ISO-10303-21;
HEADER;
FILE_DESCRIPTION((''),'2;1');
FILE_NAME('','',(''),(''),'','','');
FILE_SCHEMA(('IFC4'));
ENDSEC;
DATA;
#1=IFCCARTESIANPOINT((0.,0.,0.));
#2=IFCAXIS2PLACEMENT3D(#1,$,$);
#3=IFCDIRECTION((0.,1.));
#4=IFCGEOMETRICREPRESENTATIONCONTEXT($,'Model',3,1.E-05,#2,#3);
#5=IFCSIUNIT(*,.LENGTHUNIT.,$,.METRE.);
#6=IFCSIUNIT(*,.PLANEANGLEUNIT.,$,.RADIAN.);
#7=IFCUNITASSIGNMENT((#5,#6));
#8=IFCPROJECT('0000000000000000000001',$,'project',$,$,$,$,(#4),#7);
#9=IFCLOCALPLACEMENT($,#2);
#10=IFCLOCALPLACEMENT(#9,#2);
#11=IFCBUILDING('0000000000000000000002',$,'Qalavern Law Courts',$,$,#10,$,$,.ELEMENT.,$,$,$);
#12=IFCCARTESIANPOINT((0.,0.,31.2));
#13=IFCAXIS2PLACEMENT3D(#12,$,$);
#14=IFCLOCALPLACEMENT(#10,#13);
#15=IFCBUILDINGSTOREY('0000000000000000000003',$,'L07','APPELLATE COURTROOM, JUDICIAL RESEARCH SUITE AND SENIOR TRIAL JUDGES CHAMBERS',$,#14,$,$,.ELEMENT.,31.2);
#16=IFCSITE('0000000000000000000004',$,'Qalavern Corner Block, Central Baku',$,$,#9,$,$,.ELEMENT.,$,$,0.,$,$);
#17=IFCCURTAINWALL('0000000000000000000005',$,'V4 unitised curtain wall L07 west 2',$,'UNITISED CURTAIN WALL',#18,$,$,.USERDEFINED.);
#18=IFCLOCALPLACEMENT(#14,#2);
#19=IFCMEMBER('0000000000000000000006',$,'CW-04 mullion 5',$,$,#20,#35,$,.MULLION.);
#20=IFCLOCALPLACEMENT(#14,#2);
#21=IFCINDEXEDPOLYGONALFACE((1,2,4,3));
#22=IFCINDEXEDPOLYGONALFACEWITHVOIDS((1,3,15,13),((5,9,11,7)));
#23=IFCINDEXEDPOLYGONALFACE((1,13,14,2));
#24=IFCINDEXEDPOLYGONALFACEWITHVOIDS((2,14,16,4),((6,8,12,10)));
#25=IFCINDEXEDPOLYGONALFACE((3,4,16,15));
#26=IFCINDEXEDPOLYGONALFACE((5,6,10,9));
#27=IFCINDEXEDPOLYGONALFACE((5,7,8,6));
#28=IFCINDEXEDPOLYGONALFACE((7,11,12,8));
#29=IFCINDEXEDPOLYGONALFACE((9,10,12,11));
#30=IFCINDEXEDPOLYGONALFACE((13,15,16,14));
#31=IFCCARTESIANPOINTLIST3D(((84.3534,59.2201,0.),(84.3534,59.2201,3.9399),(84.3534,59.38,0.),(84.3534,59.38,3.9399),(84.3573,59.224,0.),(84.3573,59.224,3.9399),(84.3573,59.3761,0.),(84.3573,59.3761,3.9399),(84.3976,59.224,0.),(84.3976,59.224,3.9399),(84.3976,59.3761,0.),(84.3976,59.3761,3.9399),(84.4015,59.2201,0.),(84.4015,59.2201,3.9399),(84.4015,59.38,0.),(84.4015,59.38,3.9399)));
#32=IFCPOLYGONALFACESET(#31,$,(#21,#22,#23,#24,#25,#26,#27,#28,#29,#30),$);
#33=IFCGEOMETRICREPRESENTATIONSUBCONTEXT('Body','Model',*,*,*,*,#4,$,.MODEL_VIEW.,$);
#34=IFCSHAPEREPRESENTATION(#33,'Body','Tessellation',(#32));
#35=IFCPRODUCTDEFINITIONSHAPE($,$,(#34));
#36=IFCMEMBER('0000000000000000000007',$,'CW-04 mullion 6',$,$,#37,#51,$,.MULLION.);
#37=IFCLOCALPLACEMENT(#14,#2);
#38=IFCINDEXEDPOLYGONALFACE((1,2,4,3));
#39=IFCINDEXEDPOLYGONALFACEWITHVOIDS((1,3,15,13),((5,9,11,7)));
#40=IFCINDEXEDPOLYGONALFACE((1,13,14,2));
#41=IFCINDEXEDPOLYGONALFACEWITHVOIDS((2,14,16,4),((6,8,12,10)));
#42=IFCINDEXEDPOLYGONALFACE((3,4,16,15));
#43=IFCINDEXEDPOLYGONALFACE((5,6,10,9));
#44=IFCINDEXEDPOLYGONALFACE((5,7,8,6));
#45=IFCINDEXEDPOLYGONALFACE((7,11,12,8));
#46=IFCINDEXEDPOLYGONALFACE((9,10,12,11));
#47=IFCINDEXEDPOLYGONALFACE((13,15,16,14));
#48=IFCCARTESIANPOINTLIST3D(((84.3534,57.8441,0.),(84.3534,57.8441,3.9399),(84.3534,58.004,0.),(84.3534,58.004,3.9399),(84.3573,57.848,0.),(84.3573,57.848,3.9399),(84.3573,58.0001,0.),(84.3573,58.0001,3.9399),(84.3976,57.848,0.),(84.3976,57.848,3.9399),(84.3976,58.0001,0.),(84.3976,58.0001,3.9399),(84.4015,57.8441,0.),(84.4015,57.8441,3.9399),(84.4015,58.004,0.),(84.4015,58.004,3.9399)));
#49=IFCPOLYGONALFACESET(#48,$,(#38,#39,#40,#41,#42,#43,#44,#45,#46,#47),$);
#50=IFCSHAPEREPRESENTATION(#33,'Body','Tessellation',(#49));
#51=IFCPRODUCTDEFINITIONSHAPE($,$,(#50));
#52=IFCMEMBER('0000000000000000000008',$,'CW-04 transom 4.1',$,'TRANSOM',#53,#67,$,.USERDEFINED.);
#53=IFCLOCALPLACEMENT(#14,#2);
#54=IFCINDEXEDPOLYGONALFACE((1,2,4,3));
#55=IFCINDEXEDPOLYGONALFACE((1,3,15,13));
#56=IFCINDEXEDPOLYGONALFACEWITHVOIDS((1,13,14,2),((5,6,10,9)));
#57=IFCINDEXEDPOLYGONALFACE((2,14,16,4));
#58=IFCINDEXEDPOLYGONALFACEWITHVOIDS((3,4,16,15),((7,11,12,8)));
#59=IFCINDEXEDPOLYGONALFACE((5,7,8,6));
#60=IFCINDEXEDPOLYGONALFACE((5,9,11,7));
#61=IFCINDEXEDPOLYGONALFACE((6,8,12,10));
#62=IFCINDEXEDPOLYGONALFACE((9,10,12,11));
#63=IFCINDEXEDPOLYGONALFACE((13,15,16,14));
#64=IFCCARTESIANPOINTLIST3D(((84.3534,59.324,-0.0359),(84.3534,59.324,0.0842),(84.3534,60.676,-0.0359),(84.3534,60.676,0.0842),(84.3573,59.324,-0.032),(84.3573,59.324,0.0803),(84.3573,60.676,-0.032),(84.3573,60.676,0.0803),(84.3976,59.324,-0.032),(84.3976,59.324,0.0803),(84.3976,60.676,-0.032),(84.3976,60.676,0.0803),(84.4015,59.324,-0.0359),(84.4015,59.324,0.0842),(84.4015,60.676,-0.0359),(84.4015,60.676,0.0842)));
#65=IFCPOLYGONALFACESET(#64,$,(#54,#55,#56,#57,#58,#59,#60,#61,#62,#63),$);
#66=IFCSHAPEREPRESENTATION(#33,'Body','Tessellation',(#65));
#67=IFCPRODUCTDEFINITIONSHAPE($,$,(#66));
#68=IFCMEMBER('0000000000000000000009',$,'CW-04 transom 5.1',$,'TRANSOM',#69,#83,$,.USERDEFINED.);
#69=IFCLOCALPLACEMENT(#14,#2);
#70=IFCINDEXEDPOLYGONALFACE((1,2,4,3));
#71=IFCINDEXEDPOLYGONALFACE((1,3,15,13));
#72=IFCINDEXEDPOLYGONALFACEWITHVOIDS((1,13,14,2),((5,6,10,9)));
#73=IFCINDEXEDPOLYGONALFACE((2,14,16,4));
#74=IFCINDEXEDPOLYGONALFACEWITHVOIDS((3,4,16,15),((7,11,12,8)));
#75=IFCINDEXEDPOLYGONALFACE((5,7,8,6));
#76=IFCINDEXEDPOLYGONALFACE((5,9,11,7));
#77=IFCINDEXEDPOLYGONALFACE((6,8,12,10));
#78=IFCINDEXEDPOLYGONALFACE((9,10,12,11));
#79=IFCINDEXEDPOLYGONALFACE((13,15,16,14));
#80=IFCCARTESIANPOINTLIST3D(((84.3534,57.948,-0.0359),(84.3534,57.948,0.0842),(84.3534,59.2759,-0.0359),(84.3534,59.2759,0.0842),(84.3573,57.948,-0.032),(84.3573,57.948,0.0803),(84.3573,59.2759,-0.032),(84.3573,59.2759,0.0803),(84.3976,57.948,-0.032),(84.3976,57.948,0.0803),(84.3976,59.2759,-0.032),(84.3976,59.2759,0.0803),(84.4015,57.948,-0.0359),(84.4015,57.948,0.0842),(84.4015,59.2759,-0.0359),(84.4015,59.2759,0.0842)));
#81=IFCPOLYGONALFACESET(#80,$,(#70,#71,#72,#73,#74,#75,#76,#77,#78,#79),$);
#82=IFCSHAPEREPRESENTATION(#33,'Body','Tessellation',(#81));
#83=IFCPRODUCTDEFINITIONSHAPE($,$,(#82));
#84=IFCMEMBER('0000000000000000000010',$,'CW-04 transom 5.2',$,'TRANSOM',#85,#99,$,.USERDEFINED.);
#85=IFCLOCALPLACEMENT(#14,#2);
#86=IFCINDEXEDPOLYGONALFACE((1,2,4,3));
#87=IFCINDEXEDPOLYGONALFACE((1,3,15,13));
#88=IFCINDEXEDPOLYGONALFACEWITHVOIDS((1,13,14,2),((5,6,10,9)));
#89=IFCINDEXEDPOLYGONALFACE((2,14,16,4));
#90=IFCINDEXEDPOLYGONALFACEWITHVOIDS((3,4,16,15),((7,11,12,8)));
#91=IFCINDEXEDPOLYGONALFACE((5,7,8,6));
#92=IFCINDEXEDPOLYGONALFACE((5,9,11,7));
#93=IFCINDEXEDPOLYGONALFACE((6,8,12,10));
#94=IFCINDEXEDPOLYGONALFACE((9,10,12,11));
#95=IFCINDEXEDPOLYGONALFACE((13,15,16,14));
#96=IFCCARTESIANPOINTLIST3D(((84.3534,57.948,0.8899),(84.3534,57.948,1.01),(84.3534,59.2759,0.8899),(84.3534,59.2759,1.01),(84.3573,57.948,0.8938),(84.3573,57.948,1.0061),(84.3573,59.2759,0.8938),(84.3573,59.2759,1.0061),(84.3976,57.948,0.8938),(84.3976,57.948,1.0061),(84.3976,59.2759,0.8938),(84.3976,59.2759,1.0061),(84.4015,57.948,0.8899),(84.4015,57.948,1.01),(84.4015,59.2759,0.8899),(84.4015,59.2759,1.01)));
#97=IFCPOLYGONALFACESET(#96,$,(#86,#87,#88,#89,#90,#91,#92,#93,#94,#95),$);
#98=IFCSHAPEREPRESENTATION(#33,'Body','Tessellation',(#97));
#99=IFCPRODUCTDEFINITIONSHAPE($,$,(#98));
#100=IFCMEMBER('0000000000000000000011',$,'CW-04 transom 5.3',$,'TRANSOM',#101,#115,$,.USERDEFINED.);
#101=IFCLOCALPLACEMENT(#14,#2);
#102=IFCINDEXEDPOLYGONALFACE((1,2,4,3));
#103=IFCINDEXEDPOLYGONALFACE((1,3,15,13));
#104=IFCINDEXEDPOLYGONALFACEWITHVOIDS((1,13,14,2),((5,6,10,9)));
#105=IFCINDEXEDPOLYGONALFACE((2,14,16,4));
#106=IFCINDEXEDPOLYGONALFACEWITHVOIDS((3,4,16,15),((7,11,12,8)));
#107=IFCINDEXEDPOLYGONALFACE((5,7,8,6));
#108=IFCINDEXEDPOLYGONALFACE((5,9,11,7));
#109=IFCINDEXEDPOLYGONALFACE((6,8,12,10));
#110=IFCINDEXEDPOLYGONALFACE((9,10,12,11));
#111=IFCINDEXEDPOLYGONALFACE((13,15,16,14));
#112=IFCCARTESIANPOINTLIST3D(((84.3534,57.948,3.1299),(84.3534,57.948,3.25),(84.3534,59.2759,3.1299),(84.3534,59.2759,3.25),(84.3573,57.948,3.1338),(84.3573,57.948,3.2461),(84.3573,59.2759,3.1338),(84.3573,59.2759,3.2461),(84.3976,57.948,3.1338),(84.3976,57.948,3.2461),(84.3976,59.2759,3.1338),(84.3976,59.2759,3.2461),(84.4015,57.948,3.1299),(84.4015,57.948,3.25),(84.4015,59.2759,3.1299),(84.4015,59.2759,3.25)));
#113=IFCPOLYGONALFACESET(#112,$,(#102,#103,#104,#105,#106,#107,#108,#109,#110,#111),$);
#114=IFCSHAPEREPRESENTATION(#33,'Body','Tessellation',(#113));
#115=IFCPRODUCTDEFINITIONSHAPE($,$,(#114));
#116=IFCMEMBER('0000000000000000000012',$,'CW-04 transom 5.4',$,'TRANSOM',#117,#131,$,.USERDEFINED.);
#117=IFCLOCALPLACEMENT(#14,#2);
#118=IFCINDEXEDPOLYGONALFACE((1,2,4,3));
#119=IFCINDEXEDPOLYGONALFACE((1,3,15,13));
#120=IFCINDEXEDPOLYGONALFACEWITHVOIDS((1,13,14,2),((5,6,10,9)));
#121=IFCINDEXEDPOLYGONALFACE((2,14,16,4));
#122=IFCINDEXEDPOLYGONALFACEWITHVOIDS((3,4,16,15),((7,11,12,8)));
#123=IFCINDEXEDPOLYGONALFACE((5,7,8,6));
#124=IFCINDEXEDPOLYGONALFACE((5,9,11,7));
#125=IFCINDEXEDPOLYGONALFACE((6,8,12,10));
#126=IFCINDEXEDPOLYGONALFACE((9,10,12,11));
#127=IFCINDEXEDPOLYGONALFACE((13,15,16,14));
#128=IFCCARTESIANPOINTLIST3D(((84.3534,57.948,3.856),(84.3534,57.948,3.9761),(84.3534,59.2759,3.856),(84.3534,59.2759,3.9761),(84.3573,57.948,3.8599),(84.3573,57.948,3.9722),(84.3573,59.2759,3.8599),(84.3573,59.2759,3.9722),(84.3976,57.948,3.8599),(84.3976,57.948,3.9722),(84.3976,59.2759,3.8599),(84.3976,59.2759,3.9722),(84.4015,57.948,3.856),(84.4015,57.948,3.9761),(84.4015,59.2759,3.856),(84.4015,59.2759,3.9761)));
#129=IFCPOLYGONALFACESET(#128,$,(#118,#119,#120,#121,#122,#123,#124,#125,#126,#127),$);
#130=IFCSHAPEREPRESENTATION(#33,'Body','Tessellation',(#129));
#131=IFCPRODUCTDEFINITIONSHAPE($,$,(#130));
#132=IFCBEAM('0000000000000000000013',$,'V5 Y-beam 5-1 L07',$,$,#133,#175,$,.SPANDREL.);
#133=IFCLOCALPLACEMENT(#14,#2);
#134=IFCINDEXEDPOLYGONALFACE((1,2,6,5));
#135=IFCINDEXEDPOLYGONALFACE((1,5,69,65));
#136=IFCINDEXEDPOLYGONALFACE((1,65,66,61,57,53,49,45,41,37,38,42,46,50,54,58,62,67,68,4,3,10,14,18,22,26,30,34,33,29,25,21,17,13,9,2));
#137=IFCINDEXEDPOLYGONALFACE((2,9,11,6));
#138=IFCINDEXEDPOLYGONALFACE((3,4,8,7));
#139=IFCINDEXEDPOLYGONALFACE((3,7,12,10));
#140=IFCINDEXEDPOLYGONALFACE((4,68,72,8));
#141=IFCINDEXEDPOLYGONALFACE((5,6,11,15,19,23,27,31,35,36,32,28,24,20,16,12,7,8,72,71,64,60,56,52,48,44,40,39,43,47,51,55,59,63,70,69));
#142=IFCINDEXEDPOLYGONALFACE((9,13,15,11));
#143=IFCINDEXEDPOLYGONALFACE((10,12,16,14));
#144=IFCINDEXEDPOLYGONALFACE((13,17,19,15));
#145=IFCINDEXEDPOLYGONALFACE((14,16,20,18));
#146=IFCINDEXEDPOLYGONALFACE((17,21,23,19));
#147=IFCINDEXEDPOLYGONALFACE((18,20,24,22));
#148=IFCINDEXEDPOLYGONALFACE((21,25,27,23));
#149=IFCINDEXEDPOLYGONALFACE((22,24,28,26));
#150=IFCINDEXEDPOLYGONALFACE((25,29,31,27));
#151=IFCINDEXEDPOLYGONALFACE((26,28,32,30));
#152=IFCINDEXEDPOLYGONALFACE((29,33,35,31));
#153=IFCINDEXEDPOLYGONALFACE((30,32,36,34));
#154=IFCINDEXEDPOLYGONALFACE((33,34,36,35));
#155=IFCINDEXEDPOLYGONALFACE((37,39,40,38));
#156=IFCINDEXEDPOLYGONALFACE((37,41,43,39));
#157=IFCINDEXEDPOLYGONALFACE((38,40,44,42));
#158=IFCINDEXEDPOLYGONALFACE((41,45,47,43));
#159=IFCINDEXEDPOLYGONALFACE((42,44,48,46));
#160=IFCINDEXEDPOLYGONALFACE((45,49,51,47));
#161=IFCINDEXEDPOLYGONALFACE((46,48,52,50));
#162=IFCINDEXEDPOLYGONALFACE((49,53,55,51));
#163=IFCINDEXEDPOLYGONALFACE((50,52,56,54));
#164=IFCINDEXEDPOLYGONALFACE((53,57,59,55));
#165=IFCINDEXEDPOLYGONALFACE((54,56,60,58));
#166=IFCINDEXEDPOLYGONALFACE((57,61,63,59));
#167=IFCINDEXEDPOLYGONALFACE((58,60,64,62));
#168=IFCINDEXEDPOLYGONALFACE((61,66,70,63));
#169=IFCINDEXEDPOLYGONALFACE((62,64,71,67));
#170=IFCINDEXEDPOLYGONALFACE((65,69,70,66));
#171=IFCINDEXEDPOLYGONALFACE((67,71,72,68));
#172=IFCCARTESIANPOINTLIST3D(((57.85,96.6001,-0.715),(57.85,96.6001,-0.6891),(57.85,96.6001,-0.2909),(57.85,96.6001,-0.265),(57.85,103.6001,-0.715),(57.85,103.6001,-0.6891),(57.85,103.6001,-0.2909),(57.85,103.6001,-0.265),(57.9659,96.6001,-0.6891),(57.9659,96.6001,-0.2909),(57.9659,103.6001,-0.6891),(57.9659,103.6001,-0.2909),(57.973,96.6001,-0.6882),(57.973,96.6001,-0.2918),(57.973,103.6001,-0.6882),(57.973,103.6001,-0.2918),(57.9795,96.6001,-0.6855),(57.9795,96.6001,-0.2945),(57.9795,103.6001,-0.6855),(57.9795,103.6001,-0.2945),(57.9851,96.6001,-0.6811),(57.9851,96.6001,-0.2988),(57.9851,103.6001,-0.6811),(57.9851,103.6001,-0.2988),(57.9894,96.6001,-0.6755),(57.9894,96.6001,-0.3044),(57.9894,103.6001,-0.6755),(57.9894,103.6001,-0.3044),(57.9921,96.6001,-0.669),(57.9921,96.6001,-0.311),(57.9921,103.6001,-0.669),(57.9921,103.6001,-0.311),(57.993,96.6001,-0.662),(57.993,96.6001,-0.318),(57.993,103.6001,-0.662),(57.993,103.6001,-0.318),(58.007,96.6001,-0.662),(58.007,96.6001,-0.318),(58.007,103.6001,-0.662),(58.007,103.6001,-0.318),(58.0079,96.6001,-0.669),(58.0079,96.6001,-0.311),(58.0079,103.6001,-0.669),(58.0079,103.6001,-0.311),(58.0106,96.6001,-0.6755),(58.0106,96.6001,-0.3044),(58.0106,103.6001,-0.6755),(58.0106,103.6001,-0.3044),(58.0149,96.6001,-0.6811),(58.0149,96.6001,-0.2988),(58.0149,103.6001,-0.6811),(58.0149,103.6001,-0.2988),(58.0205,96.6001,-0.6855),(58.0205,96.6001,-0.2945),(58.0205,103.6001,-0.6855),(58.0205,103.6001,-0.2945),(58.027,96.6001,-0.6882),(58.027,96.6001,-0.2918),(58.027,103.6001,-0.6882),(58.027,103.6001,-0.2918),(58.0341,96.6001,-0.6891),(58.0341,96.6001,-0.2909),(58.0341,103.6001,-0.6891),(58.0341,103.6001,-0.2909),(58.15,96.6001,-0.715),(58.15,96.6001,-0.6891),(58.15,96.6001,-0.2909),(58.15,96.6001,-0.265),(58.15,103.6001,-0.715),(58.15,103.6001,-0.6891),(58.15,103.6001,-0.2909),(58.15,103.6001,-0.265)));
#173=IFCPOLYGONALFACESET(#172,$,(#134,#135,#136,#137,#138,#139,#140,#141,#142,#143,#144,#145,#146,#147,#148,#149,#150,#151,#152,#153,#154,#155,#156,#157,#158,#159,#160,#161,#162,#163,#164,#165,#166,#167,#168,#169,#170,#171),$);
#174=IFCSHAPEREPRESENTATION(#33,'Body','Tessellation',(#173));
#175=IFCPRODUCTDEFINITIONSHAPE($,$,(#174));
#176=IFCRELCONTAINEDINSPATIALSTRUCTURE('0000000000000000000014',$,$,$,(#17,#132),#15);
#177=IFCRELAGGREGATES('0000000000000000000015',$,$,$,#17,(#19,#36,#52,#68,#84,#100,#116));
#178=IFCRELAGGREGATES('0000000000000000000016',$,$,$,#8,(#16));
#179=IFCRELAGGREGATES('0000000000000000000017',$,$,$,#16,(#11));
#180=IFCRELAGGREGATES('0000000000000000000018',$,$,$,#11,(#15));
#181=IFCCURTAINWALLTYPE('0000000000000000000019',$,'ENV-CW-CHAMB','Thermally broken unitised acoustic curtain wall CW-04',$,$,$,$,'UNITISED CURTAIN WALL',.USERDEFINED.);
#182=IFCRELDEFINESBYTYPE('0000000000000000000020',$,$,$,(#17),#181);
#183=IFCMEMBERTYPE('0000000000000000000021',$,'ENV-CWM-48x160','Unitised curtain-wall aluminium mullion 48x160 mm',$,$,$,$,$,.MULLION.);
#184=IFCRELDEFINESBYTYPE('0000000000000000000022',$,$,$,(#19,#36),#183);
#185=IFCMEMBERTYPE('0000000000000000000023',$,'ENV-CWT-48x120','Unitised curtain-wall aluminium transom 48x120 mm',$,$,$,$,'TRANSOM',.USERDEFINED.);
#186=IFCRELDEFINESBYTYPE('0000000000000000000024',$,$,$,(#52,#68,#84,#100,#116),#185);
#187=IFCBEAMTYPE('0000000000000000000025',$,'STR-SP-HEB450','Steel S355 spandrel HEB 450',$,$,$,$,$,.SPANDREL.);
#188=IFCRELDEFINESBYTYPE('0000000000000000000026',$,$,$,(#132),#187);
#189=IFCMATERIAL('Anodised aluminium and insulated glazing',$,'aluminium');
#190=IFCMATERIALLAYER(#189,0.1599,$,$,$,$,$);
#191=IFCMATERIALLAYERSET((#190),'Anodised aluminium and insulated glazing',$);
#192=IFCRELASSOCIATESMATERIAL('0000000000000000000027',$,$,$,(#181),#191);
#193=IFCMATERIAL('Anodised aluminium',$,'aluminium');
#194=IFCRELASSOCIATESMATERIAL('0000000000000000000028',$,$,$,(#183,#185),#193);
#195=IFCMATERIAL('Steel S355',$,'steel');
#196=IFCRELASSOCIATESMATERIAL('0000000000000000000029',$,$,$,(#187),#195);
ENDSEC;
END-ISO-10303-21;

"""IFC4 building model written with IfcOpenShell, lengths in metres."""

from ifc_helpers import new_model, si_unit, direction, frame, origin, origin_2d, place, context, subcontext, project, spatial, hollow_rectangle, i_section, extrude, material, layer, layer_set, material_profile, profile_set, type_object, element, aggregate, save


model = new_model("IFC4")

# Units and contexts
model_context = context("Model", 3, precision=1e-05, world=origin(), true_north=direction((0.0, 1.0)))
body_context = subcontext(model_context, "Body", "Model", "MODEL_VIEW")
ifc_project = project(units=[si_unit("LENGTHUNIT", "METRE"), si_unit("PLANEANGLEUNIT", "RADIAN")], contexts=[model_context])

# Site, building, storey
site_placement = place(None, origin())
site = spatial("IfcSite", under=ifc_project, at=site_placement, Name="Qalavern Corner Block, Central Baku", CompositionType="ELEMENT", RefElevation=0.0)
building_placement = place(site_placement, origin())
building = spatial("IfcBuilding", under=site, at=building_placement, Name="Qalavern Law Courts", CompositionType="ELEMENT")
storey_placement = place(building_placement, frame((0.0, 0.0, 31.2)))
storey = spatial("IfcBuildingStorey", under=building, at=storey_placement, Name="L07", Description="APPELLATE COURTROOM, JUDICIAL RESEARCH SUITE AND SENIOR TRIAL JUDGES CHAMBERS", CompositionType="ELEMENT", Elevation=31.2)

# Curtain wall, members
ifc_material_1 = material(Name="Anodised aluminium and insulated glazing", Category="aluminium")
ifc_layer_1 = layer(ifc_material_1, 0.1599)
ifc_layer_set_1 = layer_set([ifc_layer_1], Name="Anodised aluminium and insulated glazing")
curtain_wall_type = type_object("IfcCurtainWallType", Name="ENV-CW-CHAMB", Description="Thermally broken unitised acoustic curtain wall CW-04", ElementType="UNITISED CURTAIN WALL", PredefinedType="USERDEFINED", material=ifc_layer_set_1)
curtain_wall_placement = place(storey_placement, origin())
curtain_wall = element("IfcCurtainWall", 1, at=curtain_wall_placement, inside=storey, type_object=curtain_wall_type, Name="V4 unitised curtain wall L07 west 2", ObjectType="UNITISED CURTAIN WALL", PredefinedType="USERDEFINED")
ifc_material_2 = material(Name="Anodised aluminium", Category="aluminium")
ifc_material_profile_1 = material_profile(ifc_material_2, hollow_rectangle(XDim=0.0481, YDim=0.1599, WallThickness=0.0039, at=origin_2d()), Name="ALU MULLION 48x160")
ifc_profile_set_1 = profile_set([ifc_material_profile_1], Name="Anodised aluminium")
member_type_1 = type_object("IfcMemberType", Name="ENV-CWM-48x160", Description="Unitised curtain-wall aluminium mullion 48x160 mm", PredefinedType="MULLION", material=ifc_profile_set_1)
member_1_placement = place(storey_placement, frame((84.3774, 59.3, 0.0), z_axis=(0.0, 0.0, 1.0), x_axis=(1.0, 0.0, 0.0)))
member_1 = element("IfcMember", 2, at=member_1_placement, type_object=member_type_1, Name="CW-04 mullion 5", PredefinedType="MULLION", context=body_context, shape_type="SweptSolid", body=[
    extrude(hollow_rectangle(XDim=0.0481, YDim=0.1599, WallThickness=0.0039, at=origin_2d()), origin(), (0.0, 0.0, 1.0), 3.9399),
])
member_2_placement = place(storey_placement, frame((84.3774, 57.9241, 0.0), z_axis=(0.0, 0.0, 1.0), x_axis=(1.0, 0.0, 0.0)))
member_2 = element("IfcMember", 3, at=member_2_placement, type_object=member_type_1, Name="CW-04 mullion 6", PredefinedType="MULLION", context=body_context, shape_type="SweptSolid", body=[
    extrude(hollow_rectangle(XDim=0.0481, YDim=0.1599, WallThickness=0.0039, at=origin_2d()), origin(), (0.0, 0.0, 1.0), 3.9399),
])
ifc_material_profile_2 = material_profile(ifc_material_2, hollow_rectangle(XDim=0.0481, YDim=0.1201, WallThickness=0.0039, at=origin_2d()), Name="ALU TRANSOM 48x120")
ifc_profile_set_2 = profile_set([ifc_material_profile_2], Name="Anodised aluminium")
member_type_2 = type_object("IfcMemberType", Name="ENV-CWT-48x120", Description="Unitised curtain-wall aluminium transom 48x120 mm", ElementType="TRANSOM", PredefinedType="USERDEFINED", material=ifc_profile_set_2)
member_3_placement = place(storey_placement, frame((84.3774, 60.676, 0.0242), z_axis=(0.0, -1.0, 0.0), x_axis=(1.0, 0.0, 0.0)))
member_3 = element("IfcMember", 4, at=member_3_placement, type_object=member_type_2, Name="CW-04 transom 4.1", ObjectType="TRANSOM", PredefinedType="USERDEFINED", context=body_context, shape_type="SweptSolid", body=[
    extrude(hollow_rectangle(XDim=0.0481, YDim=0.1201, WallThickness=0.0039, at=origin_2d()), origin(), (0.0, 0.0, 1.0), 1.3521),
])
member_4_placement = place(storey_placement, frame((84.3774, 59.2759, 0.0242), z_axis=(0.0, -1.0, 0.0), x_axis=(1.0, 0.0, 0.0)))
member_4 = element("IfcMember", 5, at=member_4_placement, type_object=member_type_2, Name="CW-04 transom 5.1", ObjectType="TRANSOM", PredefinedType="USERDEFINED", context=body_context, shape_type="SweptSolid", body=[
    extrude(hollow_rectangle(XDim=0.0481, YDim=0.1201, WallThickness=0.0039, at=origin_2d()), origin(), (0.0, 0.0, 1.0), 1.3279),
])
member_5_placement = place(storey_placement, frame((84.3774, 59.2759, 0.95), z_axis=(0.0, -1.0, 0.0), x_axis=(1.0, 0.0, 0.0)))
member_5 = element("IfcMember", 6, at=member_5_placement, type_object=member_type_2, Name="CW-04 transom 5.2", ObjectType="TRANSOM", PredefinedType="USERDEFINED", context=body_context, shape_type="SweptSolid", body=[
    extrude(hollow_rectangle(XDim=0.0481, YDim=0.1201, WallThickness=0.0039, at=origin_2d()), origin(), (0.0, 0.0, 1.0), 1.3279),
])
member_6_placement = place(storey_placement, frame((84.3774, 59.2759, 3.1899), z_axis=(0.0, -1.0, 0.0), x_axis=(1.0, 0.0, 0.0)))
member_6 = element("IfcMember", 7, at=member_6_placement, type_object=member_type_2, Name="CW-04 transom 5.3", ObjectType="TRANSOM", PredefinedType="USERDEFINED", context=body_context, shape_type="SweptSolid", body=[
    extrude(hollow_rectangle(XDim=0.0481, YDim=0.1201, WallThickness=0.0039, at=origin_2d()), origin(), (0.0, 0.0, 1.0), 1.3279),
])
member_7_placement = place(storey_placement, frame((84.3774, 59.2759, 3.916), z_axis=(0.0, -1.0, 0.0), x_axis=(1.0, 0.0, 0.0)))
member_7 = element("IfcMember", 8, at=member_7_placement, type_object=member_type_2, Name="CW-04 transom 5.4", ObjectType="TRANSOM", PredefinedType="USERDEFINED", context=body_context, shape_type="SweptSolid", body=[
    extrude(hollow_rectangle(XDim=0.0481, YDim=0.1201, WallThickness=0.0039, at=origin_2d()), origin(), (0.0, 0.0, 1.0), 1.3279),
])

# Beam
ifc_material_3 = material(Name="Steel S355", Category="steel")
ifc_material_profile_3 = material_profile(ifc_material_3, i_section(OverallWidth=0.3, OverallDepth=0.45, WebThickness=0.0139, FlangeThickness=0.0259, FilletRadius=0.0271, at=origin_2d()), Name="HEB 450")
ifc_profile_set_3 = profile_set([ifc_material_profile_3], Name="Steel S355")
beam_type = type_object("IfcBeamType", Name="STR-SP-HEB450", Description="Steel S355 spandrel HEB 450", PredefinedType="SPANDREL", material=ifc_profile_set_3)
beam_1_placement = place(storey_placement, frame((58.0, 96.6001, -0.49), z_axis=(0.0, 1.0, 0.0), x_axis=(-1.0, 0.0, 0.0)))
element("IfcBeam", 9, at=beam_1_placement, inside=storey, type_object=beam_type, Name="V5 Y-beam 5-1 L07", PredefinedType="SPANDREL", context=body_context, shape_type="SweptSolid", body=[
    extrude(i_section(OverallWidth=0.3, OverallDepth=0.45, WebThickness=0.0139, FlangeThickness=0.0259, FilletRadius=0.0271, at=origin_2d()), origin(), (0.0, 0.0, 1.0), 7.0),
])

aggregate(curtain_wall, [member_1, member_2, member_3, member_4, member_5, member_6, member_7])

save(model, "model.ifc")
